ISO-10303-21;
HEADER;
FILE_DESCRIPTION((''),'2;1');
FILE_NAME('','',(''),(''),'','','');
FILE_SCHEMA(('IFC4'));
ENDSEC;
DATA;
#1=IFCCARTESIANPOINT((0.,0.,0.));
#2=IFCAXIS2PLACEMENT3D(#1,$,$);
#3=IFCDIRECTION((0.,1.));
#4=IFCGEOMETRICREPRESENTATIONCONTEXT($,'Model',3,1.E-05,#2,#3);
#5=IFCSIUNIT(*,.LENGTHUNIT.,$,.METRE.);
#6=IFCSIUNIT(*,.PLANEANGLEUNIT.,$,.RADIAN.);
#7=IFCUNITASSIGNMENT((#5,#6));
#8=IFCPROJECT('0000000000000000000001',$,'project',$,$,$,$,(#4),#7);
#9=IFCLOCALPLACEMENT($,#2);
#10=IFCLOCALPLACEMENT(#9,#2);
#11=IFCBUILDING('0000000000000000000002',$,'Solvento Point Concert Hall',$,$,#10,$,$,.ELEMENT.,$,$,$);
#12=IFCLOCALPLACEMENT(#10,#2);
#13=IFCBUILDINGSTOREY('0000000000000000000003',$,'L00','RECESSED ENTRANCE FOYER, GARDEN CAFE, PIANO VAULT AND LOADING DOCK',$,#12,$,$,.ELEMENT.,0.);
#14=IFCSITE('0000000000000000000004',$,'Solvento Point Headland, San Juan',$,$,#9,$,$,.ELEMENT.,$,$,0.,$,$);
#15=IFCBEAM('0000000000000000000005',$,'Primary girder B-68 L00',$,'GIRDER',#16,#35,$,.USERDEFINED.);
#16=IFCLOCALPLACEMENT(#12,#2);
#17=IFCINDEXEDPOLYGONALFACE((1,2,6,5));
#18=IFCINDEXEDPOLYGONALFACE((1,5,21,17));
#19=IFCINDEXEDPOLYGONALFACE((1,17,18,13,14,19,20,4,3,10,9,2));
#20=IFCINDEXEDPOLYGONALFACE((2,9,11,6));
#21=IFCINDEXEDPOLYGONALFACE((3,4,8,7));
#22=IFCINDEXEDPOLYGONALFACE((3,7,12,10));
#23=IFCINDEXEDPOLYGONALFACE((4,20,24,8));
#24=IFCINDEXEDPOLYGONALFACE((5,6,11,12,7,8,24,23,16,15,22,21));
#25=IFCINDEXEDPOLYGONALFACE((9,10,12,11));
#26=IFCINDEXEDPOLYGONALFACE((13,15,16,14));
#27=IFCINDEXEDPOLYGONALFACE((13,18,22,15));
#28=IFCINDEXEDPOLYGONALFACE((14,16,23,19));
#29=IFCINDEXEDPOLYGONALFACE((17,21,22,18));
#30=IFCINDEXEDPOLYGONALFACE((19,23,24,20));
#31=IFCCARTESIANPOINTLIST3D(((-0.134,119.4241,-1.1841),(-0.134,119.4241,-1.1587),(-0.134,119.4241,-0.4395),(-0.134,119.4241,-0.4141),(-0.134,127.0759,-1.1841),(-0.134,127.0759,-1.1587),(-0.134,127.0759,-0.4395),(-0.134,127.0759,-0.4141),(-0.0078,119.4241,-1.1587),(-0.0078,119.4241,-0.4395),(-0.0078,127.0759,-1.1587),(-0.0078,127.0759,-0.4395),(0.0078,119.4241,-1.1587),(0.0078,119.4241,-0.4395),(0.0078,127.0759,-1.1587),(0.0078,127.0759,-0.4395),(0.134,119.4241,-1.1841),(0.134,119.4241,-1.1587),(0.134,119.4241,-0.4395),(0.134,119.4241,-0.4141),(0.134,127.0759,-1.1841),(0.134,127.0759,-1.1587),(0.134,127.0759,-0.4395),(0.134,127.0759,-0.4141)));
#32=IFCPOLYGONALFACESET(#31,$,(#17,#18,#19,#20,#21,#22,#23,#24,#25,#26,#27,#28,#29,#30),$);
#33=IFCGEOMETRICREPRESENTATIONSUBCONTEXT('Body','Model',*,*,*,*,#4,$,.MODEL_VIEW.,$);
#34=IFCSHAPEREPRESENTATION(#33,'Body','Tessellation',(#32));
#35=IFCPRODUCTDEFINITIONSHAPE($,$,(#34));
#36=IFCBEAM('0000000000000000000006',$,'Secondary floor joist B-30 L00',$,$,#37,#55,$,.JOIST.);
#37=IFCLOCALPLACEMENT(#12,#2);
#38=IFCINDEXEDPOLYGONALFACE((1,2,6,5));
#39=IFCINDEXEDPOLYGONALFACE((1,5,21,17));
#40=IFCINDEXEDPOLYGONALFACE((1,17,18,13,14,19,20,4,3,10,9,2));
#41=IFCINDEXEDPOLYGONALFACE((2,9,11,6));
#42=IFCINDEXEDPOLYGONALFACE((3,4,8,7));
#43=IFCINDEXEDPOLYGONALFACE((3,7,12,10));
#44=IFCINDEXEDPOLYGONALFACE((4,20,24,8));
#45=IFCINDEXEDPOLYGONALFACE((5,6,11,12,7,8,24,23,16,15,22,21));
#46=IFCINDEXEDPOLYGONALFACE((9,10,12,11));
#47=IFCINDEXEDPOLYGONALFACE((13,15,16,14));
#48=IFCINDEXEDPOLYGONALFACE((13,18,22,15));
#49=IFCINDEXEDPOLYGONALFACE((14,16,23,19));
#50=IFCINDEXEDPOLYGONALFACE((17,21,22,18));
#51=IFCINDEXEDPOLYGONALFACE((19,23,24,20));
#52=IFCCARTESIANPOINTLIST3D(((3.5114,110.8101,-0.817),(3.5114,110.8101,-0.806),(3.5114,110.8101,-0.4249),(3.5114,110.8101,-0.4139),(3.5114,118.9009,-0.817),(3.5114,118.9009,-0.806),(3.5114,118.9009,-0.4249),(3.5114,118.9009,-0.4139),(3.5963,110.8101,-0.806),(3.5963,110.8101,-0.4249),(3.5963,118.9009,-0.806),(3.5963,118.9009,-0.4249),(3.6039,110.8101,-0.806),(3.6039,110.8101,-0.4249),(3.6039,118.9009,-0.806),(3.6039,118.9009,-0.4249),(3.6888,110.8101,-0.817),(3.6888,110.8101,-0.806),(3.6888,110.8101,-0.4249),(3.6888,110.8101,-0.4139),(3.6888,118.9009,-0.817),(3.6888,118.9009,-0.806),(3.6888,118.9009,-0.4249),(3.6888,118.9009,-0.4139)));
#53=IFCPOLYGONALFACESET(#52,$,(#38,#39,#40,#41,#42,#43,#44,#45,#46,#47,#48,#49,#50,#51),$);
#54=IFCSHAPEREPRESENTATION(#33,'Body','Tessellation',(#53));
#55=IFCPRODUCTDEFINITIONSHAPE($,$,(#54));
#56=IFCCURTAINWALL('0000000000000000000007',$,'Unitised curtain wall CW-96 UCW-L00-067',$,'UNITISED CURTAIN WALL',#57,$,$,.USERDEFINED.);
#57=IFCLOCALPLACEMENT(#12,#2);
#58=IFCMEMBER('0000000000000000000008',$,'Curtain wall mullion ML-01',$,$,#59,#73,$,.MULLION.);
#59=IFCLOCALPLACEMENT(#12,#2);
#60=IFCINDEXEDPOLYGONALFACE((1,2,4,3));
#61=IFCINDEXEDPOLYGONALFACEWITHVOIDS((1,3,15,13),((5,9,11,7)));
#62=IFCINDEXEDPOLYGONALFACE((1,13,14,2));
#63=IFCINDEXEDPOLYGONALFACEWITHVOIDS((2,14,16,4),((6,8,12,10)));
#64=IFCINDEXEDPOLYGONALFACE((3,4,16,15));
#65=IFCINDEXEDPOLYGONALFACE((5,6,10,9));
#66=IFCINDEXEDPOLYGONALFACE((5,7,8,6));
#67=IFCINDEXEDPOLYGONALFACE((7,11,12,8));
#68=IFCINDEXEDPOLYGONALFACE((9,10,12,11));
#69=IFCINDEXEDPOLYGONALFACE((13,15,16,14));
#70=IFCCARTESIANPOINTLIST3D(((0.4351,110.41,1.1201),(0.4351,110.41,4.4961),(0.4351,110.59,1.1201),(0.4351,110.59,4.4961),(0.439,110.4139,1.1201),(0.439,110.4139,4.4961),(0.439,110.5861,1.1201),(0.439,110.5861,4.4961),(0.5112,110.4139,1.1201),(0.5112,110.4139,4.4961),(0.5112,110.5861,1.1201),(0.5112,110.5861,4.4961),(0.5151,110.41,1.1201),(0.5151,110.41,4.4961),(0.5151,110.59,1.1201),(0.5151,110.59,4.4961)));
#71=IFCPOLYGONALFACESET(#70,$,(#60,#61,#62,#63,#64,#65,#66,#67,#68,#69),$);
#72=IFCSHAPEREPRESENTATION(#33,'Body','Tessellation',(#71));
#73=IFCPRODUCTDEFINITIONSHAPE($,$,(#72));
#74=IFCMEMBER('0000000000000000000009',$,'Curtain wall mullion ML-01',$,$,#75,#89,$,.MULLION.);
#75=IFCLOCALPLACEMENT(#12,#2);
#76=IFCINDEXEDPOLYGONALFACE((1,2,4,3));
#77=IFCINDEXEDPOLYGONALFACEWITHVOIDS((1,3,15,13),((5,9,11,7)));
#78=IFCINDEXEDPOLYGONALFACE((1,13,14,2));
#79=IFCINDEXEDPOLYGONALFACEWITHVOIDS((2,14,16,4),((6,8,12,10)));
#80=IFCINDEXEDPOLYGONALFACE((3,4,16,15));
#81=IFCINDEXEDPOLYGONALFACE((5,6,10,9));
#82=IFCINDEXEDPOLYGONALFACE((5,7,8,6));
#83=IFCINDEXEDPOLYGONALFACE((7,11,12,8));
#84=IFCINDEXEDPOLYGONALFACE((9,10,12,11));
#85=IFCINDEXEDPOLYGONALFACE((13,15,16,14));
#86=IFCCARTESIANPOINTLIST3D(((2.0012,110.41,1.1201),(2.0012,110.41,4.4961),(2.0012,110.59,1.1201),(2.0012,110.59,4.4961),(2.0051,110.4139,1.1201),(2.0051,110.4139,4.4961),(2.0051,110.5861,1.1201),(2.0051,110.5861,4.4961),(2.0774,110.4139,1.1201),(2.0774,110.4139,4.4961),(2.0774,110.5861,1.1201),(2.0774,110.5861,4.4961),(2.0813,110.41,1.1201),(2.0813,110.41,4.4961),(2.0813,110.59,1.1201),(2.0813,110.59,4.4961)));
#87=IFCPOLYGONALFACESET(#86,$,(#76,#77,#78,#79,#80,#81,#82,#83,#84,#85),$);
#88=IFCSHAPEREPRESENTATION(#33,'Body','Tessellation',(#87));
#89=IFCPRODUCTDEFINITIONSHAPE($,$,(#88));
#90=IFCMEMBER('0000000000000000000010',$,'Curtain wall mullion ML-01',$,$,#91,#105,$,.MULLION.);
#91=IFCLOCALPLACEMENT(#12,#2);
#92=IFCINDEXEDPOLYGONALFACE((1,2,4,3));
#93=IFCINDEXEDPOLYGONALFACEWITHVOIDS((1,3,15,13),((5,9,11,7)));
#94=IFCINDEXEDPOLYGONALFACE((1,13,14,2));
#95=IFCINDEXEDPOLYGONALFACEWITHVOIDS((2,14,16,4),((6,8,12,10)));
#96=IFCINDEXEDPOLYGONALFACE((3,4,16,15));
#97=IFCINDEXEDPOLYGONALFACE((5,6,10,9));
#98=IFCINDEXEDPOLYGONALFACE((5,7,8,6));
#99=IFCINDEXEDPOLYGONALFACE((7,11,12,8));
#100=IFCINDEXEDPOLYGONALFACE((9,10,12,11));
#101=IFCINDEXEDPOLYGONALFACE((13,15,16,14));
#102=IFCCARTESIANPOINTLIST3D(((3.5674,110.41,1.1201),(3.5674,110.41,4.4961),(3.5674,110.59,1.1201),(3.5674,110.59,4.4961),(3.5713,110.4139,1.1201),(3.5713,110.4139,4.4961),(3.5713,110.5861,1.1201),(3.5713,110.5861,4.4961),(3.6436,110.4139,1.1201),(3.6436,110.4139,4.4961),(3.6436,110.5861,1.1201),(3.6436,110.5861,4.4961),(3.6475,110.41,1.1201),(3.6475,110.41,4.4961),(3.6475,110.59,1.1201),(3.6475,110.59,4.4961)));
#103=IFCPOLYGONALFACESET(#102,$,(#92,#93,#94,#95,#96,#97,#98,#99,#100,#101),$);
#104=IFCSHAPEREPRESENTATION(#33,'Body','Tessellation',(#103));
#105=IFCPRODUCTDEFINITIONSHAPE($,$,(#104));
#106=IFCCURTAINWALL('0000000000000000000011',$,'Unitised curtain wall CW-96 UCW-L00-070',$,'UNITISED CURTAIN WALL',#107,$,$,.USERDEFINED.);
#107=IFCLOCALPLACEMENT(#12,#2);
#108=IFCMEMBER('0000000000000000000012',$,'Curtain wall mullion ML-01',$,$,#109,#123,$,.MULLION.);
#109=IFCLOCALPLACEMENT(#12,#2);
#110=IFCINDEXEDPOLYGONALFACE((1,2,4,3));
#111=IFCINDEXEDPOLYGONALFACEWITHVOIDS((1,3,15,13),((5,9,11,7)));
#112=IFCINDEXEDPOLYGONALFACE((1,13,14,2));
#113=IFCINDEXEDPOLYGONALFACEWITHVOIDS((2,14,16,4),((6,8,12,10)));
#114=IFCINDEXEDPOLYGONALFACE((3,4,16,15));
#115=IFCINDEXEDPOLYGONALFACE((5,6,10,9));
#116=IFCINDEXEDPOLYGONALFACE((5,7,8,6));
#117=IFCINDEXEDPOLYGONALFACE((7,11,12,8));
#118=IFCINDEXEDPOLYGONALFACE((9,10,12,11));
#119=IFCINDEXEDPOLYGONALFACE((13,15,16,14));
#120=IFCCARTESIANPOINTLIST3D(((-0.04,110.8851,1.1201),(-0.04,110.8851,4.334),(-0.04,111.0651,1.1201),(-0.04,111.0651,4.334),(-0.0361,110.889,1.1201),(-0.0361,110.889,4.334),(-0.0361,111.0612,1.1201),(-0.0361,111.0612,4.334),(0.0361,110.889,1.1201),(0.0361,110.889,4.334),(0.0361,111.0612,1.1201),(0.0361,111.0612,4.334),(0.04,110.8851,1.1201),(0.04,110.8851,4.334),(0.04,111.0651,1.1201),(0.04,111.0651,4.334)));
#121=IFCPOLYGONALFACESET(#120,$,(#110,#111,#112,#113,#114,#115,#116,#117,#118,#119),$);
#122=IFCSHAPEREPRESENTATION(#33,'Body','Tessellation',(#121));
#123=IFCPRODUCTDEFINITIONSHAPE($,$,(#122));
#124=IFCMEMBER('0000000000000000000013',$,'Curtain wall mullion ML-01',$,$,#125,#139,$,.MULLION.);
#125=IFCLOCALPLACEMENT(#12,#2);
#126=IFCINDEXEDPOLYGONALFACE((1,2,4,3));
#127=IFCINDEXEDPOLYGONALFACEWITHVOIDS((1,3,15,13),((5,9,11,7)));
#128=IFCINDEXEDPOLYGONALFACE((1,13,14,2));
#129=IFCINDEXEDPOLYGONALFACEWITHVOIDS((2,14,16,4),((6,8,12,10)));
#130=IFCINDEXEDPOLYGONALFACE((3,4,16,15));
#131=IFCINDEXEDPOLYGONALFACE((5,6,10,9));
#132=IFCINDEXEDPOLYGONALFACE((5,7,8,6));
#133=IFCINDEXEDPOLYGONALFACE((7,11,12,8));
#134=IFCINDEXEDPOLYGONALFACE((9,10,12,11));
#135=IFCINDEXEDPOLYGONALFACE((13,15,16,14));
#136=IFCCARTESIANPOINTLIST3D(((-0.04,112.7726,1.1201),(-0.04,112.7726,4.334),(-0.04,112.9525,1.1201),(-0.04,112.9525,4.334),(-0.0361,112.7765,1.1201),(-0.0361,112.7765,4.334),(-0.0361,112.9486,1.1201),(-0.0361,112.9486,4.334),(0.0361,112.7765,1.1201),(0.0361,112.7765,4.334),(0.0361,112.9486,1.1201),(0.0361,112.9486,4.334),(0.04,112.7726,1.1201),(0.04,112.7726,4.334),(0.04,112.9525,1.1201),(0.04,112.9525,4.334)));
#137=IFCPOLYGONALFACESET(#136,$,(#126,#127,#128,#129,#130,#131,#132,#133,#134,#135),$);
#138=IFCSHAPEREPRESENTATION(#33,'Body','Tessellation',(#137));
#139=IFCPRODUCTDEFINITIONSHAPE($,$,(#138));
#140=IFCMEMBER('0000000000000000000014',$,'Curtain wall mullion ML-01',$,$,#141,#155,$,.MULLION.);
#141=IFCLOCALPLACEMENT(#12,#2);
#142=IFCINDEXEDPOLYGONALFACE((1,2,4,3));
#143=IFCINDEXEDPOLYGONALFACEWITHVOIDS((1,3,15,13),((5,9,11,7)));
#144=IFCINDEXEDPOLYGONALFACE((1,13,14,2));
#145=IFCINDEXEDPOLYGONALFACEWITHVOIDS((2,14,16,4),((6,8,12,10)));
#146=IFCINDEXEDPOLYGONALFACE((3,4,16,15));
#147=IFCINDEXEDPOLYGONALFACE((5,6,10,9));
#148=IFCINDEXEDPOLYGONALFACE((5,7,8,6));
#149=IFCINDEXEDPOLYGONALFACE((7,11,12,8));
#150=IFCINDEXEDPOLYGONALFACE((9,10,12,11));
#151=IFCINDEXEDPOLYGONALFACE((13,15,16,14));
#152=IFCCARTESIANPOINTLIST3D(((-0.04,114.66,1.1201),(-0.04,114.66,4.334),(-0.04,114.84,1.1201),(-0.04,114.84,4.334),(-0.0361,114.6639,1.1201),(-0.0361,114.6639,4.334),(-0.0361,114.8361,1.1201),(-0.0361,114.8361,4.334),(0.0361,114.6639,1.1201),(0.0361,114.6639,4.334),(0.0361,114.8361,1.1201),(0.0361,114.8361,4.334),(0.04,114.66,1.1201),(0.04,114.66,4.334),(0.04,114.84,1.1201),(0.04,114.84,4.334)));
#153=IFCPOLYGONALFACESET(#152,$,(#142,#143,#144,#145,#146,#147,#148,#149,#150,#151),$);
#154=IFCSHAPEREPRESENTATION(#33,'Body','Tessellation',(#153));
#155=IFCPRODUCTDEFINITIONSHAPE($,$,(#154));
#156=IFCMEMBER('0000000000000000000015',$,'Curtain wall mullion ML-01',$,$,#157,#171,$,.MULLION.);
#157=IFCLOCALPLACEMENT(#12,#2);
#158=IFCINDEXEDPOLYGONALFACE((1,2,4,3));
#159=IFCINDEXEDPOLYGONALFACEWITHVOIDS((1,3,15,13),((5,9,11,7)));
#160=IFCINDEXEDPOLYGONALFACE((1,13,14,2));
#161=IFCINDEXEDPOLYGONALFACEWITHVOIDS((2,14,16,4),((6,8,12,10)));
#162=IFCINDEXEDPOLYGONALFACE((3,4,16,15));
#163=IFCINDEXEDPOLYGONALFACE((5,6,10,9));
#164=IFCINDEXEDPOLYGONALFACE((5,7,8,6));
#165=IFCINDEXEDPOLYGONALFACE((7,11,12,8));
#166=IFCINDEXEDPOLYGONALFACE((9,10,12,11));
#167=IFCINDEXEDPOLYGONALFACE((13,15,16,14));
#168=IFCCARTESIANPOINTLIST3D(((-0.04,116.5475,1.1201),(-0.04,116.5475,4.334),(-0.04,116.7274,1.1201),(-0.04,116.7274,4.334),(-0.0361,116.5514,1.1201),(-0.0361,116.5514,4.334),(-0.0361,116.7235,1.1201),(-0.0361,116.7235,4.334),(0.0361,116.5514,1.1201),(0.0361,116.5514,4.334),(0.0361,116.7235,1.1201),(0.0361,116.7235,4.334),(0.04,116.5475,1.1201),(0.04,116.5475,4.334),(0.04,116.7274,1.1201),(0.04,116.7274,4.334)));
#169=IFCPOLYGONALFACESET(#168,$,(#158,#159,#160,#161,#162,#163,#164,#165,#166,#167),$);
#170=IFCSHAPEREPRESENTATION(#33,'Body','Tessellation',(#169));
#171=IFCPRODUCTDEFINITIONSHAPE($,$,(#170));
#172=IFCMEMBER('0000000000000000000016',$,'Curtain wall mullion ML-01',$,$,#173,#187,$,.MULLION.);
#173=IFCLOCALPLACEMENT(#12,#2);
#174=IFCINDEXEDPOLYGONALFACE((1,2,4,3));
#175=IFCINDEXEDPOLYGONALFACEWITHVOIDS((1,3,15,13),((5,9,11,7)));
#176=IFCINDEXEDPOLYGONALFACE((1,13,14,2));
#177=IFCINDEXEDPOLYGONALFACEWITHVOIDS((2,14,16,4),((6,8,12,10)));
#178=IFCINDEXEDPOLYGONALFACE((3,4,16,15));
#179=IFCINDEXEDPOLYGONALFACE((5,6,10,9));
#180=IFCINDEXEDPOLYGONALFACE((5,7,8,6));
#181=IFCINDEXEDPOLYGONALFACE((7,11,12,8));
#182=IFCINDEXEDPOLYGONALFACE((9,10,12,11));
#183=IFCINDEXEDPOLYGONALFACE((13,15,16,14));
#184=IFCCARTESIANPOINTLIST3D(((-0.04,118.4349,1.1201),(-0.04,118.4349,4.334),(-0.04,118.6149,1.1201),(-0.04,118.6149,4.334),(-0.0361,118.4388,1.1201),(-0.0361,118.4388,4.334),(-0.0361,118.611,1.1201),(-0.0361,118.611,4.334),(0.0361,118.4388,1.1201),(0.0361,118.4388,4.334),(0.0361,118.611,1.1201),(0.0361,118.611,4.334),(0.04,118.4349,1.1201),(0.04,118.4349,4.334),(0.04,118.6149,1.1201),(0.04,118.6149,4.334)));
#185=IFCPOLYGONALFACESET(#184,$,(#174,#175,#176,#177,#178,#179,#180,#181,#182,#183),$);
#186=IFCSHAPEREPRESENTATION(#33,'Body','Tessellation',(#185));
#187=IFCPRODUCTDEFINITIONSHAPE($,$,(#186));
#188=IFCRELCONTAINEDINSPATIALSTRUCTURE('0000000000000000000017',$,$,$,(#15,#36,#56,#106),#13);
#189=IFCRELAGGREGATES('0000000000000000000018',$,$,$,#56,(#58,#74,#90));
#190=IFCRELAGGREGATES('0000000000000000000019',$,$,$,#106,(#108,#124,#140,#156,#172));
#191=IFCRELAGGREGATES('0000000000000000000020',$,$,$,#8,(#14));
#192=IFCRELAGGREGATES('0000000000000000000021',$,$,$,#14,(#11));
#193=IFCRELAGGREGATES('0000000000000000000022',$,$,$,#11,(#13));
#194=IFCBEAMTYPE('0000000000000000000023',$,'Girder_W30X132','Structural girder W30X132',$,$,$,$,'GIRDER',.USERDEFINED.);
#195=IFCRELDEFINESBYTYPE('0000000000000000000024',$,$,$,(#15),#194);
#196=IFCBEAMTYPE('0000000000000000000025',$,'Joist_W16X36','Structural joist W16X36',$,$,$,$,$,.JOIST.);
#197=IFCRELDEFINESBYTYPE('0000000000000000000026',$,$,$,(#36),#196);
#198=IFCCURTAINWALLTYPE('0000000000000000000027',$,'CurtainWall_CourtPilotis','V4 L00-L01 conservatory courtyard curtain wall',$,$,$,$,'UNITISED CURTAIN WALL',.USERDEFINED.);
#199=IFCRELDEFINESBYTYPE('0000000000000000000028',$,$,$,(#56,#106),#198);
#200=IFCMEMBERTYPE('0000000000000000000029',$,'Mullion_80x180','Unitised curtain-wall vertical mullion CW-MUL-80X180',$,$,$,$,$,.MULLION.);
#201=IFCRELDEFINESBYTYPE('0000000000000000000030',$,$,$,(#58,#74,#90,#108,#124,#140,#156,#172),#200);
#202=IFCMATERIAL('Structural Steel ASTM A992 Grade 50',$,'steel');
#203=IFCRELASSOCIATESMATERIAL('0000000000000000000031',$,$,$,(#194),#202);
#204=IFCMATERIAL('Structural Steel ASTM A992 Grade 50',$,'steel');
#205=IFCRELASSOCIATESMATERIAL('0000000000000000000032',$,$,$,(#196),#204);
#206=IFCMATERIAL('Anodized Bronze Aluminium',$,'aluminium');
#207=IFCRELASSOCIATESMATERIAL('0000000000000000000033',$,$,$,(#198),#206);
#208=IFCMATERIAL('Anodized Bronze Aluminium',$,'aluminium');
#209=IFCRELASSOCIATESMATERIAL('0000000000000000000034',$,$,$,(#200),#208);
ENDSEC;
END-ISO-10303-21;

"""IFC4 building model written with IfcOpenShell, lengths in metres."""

from ifc_helpers import new_model, si_unit, direction, frame, origin, origin_2d, place, context, subcontext, project, spatial, hollow_rectangle, i_section, extrude, material, material_profile, profile_set, type_object, element, aggregate, save


model = new_model("IFC4")

# Units and contexts
model_context = context("Model", 3, precision=1e-05, world=origin(), true_north=direction((0.0, 1.0)))
body_context = subcontext(model_context, "Body", "Model", "MODEL_VIEW")
ifc_project = project(units=[si_unit("LENGTHUNIT", "METRE"), si_unit("PLANEANGLEUNIT", "RADIAN")], contexts=[model_context])

# Site, building, storey
site_placement = place(None, origin())
site = spatial("IfcSite", under=ifc_project, at=site_placement, Name="Solvento Point Headland, San Juan", CompositionType="ELEMENT", RefElevation=0.0)
building_placement = place(site_placement, origin())
building = spatial("IfcBuilding", under=site, at=building_placement, Name="Solvento Point Concert Hall", CompositionType="ELEMENT")
storey_placement = place(building_placement, origin())
storey = spatial("IfcBuildingStorey", under=building, at=storey_placement, Name="L00", Description="RECESSED ENTRANCE FOYER, GARDEN CAFE, PIANO VAULT AND LOADING DOCK", CompositionType="ELEMENT", Elevation=0.0)

# Beams
ifc_material_1 = material(Name="Structural Steel ASTM A992 Grade 50", Category="steel")
ifc_material_profile_1 = material_profile(ifc_material_1, i_section(OverallWidth=0.2681, OverallDepth=0.77, WebThickness=0.0156, FlangeThickness=0.0254, at=origin_2d()), Name="W30X132")
ifc_profile_set_1 = profile_set([ifc_material_profile_1], Name="Structural Steel ASTM A992 Grade 50")
beam_type_1 = type_object("IfcBeamType", Name="Girder_W30X132", Description="Structural girder W30X132", ElementType="GIRDER", PredefinedType="USERDEFINED", material=ifc_profile_set_1)
beam_1_placement = place(storey_placement, frame((0.0, 119.4241, -0.7991), z_axis=(0.0, 1.0, 0.0), x_axis=(-1.0, 0.0, 0.0)))
element("IfcBeam", 1, at=beam_1_placement, inside=storey, type_object=beam_type_1, Name="Primary girder B-68 L00", ObjectType="GIRDER", PredefinedType="USERDEFINED", context=body_context, shape_type="SweptSolid", body=[
    extrude(i_section(OverallWidth=0.2681, OverallDepth=0.77, WebThickness=0.0156, FlangeThickness=0.0254, at=origin_2d()), origin(), (0.0, 0.0, 1.0), 7.6519),
])
ifc_material_2 = material(Name="Structural Steel ASTM A992 Grade 50", Category="steel")
ifc_material_profile_2 = material_profile(ifc_material_2, i_section(OverallWidth=0.1775, OverallDepth=0.4031, WebThickness=0.0076, FlangeThickness=0.011, at=origin_2d()), Name="W16X36")
ifc_profile_set_2 = profile_set([ifc_material_profile_2], Name="Structural Steel ASTM A992 Grade 50")
beam_type_2 = type_object("IfcBeamType", Name="Joist_W16X36", Description="Structural joist W16X36", PredefinedType="JOIST", material=ifc_profile_set_2)
beam_2_placement = place(storey_placement, frame((3.6001, 110.8101, -0.6155), z_axis=(0.0, 1.0, 0.0), x_axis=(-1.0, 0.0, 0.0)))
element("IfcBeam", 2, at=beam_2_placement, inside=storey, type_object=beam_type_2, Name="Secondary floor joist B-30 L00", PredefinedType="JOIST", context=body_context, shape_type="SweptSolid", body=[
    extrude(i_section(OverallWidth=0.1775, OverallDepth=0.4031, WebThickness=0.0076, FlangeThickness=0.011, at=origin_2d()), origin(), (0.0, 0.0, 1.0), 8.0908),
])

# Curtain walls, members
ifc_material_3 = material(Name="Anodized Bronze Aluminium", Category="aluminium")
curtain_wall_type = type_object("IfcCurtainWallType", Name="CurtainWall_CourtPilotis", Description="V4 L00-L01 conservatory courtyard curtain wall", ElementType="UNITISED CURTAIN WALL", PredefinedType="USERDEFINED", material=ifc_material_3)
curtain_wall_1_placement = place(storey_placement, origin())
curtain_wall_1 = element("IfcCurtainWall", 3, at=curtain_wall_1_placement, inside=storey, type_object=curtain_wall_type, Name="Unitised curtain wall CW-96 UCW-L00-067", ObjectType="UNITISED CURTAIN WALL", PredefinedType="USERDEFINED")
ifc_material_4 = material(Name="Anodized Bronze Aluminium", Category="aluminium")
ifc_material_profile_3 = material_profile(ifc_material_4, hollow_rectangle(XDim=0.0801, YDim=0.1799, WallThickness=0.0039, at=origin_2d()), Name="CW-MUL-80X180")
ifc_profile_set_3 = profile_set([ifc_material_profile_3], Name="Anodized Bronze Aluminium")
member_type_1 = type_object("IfcMemberType", Name="Mullion_80x180", Description="Unitised curtain-wall vertical mullion CW-MUL-80X180", PredefinedType="MULLION", material=ifc_profile_set_3)
member_1_placement = place(storey_placement, frame((0.4751, 110.5, 1.1201), z_axis=(0.0, 0.0, 1.0), x_axis=(1.0, 0.0, 0.0)))
member_1 = element("IfcMember", 4, at=member_1_placement, type_object=member_type_1, Name="Curtain wall mullion ML-01", PredefinedType="MULLION", context=body_context, shape_type="SweptSolid", body=[
    extrude(hollow_rectangle(XDim=0.0801, YDim=0.1799, WallThickness=0.0039, at=origin_2d()), origin(), (0.0, 0.0, 1.0), 3.376),
])
member_2_placement = place(storey_placement, frame((2.0413, 110.5, 1.1201), z_axis=(0.0, 0.0, 1.0), x_axis=(1.0, 0.0, 0.0)))
member_2 = element("IfcMember", 5, at=member_2_placement, type_object=member_type_1, Name="Curtain wall mullion ML-01", PredefinedType="MULLION", context=body_context, shape_type="SweptSolid", body=[
    extrude(hollow_rectangle(XDim=0.0801, YDim=0.1799, WallThickness=0.0039, at=origin_2d()), origin(), (0.0, 0.0, 1.0), 3.376),
])
member_3_placement = place(storey_placement, frame((3.6074, 110.5, 1.1201), z_axis=(0.0, 0.0, 1.0), x_axis=(1.0, 0.0, 0.0)))
member_3 = element("IfcMember", 6, at=member_3_placement, type_object=member_type_1, Name="Curtain wall mullion ML-01", PredefinedType="MULLION", context=body_context, shape_type="SweptSolid", body=[
    extrude(hollow_rectangle(XDim=0.0801, YDim=0.1799, WallThickness=0.0039, at=origin_2d()), origin(), (0.0, 0.0, 1.0), 3.376),
])
curtain_wall_2_placement = place(storey_placement, origin())
curtain_wall_2 = element("IfcCurtainWall", 7, at=curtain_wall_2_placement, inside=storey, type_object=curtain_wall_type, Name="Unitised curtain wall CW-96 UCW-L00-070", ObjectType="UNITISED CURTAIN WALL", PredefinedType="USERDEFINED")
member_4_placement = place(storey_placement, frame((0.0, 110.9751, 1.1201), z_axis=(0.0, 0.0, 1.0), x_axis=(1.0, 0.0, 0.0)))
member_4 = element("IfcMember", 8, at=member_4_placement, type_object=member_type_1, Name="Curtain wall mullion ML-01", PredefinedType="MULLION", context=body_context, shape_type="SweptSolid", body=[
    extrude(hollow_rectangle(XDim=0.0801, YDim=0.1799, WallThickness=0.0039, at=origin_2d()), origin(), (0.0, 0.0, 1.0), 3.2139),
])
member_5_placement = place(storey_placement, frame((0.0, 112.8625, 1.1201), z_axis=(0.0, 0.0, 1.0), x_axis=(1.0, 0.0, 0.0)))
member_5 = element("IfcMember", 9, at=member_5_placement, type_object=member_type_1, Name="Curtain wall mullion ML-01", PredefinedType="MULLION", context=body_context, shape_type="SweptSolid", body=[
    extrude(hollow_rectangle(XDim=0.0801, YDim=0.1799, WallThickness=0.0039, at=origin_2d()), origin(), (0.0, 0.0, 1.0), 3.2139),
])
member_6_placement = place(storey_placement, frame((0.0, 114.75, 1.1201), z_axis=(0.0, 0.0, 1.0), x_axis=(1.0, 0.0, 0.0)))
member_6 = element("IfcMember", 10, at=member_6_placement, type_object=member_type_1, Name="Curtain wall mullion ML-01", PredefinedType="MULLION", context=body_context, shape_type="SweptSolid", body=[
    extrude(hollow_rectangle(XDim=0.0801, YDim=0.1799, WallThickness=0.0039, at=origin_2d()), origin(), (0.0, 0.0, 1.0), 3.2139),
])
member_7_placement = place(storey_placement, frame((0.0, 116.6375, 1.1201), z_axis=(0.0, 0.0, 1.0), x_axis=(1.0, 0.0, 0.0)))
member_7 = element("IfcMember", 11, at=member_7_placement, type_object=member_type_1, Name="Curtain wall mullion ML-01", PredefinedType="MULLION", context=body_context, shape_type="SweptSolid", body=[
    extrude(hollow_rectangle(XDim=0.0801, YDim=0.1799, WallThickness=0.0039, at=origin_2d()), origin(), (0.0, 0.0, 1.0), 3.2139),
])
member_8_placement = place(storey_placement, frame((0.0, 118.5249, 1.1201), z_axis=(0.0, 0.0, 1.0), x_axis=(1.0, 0.0, 0.0)))
member_8 = element("IfcMember", 12, at=member_8_placement, type_object=member_type_1, Name="Curtain wall mullion ML-01", PredefinedType="MULLION", context=body_context, shape_type="SweptSolid", body=[
    extrude(hollow_rectangle(XDim=0.0801, YDim=0.1799, WallThickness=0.0039, at=origin_2d()), origin(), (0.0, 0.0, 1.0), 3.2139),
])

aggregate(curtain_wall_1, [member_1, member_2, member_3])
aggregate(curtain_wall_2, [member_4, member_5, member_6, member_7, member_8])

save(model, "model.ifc")
